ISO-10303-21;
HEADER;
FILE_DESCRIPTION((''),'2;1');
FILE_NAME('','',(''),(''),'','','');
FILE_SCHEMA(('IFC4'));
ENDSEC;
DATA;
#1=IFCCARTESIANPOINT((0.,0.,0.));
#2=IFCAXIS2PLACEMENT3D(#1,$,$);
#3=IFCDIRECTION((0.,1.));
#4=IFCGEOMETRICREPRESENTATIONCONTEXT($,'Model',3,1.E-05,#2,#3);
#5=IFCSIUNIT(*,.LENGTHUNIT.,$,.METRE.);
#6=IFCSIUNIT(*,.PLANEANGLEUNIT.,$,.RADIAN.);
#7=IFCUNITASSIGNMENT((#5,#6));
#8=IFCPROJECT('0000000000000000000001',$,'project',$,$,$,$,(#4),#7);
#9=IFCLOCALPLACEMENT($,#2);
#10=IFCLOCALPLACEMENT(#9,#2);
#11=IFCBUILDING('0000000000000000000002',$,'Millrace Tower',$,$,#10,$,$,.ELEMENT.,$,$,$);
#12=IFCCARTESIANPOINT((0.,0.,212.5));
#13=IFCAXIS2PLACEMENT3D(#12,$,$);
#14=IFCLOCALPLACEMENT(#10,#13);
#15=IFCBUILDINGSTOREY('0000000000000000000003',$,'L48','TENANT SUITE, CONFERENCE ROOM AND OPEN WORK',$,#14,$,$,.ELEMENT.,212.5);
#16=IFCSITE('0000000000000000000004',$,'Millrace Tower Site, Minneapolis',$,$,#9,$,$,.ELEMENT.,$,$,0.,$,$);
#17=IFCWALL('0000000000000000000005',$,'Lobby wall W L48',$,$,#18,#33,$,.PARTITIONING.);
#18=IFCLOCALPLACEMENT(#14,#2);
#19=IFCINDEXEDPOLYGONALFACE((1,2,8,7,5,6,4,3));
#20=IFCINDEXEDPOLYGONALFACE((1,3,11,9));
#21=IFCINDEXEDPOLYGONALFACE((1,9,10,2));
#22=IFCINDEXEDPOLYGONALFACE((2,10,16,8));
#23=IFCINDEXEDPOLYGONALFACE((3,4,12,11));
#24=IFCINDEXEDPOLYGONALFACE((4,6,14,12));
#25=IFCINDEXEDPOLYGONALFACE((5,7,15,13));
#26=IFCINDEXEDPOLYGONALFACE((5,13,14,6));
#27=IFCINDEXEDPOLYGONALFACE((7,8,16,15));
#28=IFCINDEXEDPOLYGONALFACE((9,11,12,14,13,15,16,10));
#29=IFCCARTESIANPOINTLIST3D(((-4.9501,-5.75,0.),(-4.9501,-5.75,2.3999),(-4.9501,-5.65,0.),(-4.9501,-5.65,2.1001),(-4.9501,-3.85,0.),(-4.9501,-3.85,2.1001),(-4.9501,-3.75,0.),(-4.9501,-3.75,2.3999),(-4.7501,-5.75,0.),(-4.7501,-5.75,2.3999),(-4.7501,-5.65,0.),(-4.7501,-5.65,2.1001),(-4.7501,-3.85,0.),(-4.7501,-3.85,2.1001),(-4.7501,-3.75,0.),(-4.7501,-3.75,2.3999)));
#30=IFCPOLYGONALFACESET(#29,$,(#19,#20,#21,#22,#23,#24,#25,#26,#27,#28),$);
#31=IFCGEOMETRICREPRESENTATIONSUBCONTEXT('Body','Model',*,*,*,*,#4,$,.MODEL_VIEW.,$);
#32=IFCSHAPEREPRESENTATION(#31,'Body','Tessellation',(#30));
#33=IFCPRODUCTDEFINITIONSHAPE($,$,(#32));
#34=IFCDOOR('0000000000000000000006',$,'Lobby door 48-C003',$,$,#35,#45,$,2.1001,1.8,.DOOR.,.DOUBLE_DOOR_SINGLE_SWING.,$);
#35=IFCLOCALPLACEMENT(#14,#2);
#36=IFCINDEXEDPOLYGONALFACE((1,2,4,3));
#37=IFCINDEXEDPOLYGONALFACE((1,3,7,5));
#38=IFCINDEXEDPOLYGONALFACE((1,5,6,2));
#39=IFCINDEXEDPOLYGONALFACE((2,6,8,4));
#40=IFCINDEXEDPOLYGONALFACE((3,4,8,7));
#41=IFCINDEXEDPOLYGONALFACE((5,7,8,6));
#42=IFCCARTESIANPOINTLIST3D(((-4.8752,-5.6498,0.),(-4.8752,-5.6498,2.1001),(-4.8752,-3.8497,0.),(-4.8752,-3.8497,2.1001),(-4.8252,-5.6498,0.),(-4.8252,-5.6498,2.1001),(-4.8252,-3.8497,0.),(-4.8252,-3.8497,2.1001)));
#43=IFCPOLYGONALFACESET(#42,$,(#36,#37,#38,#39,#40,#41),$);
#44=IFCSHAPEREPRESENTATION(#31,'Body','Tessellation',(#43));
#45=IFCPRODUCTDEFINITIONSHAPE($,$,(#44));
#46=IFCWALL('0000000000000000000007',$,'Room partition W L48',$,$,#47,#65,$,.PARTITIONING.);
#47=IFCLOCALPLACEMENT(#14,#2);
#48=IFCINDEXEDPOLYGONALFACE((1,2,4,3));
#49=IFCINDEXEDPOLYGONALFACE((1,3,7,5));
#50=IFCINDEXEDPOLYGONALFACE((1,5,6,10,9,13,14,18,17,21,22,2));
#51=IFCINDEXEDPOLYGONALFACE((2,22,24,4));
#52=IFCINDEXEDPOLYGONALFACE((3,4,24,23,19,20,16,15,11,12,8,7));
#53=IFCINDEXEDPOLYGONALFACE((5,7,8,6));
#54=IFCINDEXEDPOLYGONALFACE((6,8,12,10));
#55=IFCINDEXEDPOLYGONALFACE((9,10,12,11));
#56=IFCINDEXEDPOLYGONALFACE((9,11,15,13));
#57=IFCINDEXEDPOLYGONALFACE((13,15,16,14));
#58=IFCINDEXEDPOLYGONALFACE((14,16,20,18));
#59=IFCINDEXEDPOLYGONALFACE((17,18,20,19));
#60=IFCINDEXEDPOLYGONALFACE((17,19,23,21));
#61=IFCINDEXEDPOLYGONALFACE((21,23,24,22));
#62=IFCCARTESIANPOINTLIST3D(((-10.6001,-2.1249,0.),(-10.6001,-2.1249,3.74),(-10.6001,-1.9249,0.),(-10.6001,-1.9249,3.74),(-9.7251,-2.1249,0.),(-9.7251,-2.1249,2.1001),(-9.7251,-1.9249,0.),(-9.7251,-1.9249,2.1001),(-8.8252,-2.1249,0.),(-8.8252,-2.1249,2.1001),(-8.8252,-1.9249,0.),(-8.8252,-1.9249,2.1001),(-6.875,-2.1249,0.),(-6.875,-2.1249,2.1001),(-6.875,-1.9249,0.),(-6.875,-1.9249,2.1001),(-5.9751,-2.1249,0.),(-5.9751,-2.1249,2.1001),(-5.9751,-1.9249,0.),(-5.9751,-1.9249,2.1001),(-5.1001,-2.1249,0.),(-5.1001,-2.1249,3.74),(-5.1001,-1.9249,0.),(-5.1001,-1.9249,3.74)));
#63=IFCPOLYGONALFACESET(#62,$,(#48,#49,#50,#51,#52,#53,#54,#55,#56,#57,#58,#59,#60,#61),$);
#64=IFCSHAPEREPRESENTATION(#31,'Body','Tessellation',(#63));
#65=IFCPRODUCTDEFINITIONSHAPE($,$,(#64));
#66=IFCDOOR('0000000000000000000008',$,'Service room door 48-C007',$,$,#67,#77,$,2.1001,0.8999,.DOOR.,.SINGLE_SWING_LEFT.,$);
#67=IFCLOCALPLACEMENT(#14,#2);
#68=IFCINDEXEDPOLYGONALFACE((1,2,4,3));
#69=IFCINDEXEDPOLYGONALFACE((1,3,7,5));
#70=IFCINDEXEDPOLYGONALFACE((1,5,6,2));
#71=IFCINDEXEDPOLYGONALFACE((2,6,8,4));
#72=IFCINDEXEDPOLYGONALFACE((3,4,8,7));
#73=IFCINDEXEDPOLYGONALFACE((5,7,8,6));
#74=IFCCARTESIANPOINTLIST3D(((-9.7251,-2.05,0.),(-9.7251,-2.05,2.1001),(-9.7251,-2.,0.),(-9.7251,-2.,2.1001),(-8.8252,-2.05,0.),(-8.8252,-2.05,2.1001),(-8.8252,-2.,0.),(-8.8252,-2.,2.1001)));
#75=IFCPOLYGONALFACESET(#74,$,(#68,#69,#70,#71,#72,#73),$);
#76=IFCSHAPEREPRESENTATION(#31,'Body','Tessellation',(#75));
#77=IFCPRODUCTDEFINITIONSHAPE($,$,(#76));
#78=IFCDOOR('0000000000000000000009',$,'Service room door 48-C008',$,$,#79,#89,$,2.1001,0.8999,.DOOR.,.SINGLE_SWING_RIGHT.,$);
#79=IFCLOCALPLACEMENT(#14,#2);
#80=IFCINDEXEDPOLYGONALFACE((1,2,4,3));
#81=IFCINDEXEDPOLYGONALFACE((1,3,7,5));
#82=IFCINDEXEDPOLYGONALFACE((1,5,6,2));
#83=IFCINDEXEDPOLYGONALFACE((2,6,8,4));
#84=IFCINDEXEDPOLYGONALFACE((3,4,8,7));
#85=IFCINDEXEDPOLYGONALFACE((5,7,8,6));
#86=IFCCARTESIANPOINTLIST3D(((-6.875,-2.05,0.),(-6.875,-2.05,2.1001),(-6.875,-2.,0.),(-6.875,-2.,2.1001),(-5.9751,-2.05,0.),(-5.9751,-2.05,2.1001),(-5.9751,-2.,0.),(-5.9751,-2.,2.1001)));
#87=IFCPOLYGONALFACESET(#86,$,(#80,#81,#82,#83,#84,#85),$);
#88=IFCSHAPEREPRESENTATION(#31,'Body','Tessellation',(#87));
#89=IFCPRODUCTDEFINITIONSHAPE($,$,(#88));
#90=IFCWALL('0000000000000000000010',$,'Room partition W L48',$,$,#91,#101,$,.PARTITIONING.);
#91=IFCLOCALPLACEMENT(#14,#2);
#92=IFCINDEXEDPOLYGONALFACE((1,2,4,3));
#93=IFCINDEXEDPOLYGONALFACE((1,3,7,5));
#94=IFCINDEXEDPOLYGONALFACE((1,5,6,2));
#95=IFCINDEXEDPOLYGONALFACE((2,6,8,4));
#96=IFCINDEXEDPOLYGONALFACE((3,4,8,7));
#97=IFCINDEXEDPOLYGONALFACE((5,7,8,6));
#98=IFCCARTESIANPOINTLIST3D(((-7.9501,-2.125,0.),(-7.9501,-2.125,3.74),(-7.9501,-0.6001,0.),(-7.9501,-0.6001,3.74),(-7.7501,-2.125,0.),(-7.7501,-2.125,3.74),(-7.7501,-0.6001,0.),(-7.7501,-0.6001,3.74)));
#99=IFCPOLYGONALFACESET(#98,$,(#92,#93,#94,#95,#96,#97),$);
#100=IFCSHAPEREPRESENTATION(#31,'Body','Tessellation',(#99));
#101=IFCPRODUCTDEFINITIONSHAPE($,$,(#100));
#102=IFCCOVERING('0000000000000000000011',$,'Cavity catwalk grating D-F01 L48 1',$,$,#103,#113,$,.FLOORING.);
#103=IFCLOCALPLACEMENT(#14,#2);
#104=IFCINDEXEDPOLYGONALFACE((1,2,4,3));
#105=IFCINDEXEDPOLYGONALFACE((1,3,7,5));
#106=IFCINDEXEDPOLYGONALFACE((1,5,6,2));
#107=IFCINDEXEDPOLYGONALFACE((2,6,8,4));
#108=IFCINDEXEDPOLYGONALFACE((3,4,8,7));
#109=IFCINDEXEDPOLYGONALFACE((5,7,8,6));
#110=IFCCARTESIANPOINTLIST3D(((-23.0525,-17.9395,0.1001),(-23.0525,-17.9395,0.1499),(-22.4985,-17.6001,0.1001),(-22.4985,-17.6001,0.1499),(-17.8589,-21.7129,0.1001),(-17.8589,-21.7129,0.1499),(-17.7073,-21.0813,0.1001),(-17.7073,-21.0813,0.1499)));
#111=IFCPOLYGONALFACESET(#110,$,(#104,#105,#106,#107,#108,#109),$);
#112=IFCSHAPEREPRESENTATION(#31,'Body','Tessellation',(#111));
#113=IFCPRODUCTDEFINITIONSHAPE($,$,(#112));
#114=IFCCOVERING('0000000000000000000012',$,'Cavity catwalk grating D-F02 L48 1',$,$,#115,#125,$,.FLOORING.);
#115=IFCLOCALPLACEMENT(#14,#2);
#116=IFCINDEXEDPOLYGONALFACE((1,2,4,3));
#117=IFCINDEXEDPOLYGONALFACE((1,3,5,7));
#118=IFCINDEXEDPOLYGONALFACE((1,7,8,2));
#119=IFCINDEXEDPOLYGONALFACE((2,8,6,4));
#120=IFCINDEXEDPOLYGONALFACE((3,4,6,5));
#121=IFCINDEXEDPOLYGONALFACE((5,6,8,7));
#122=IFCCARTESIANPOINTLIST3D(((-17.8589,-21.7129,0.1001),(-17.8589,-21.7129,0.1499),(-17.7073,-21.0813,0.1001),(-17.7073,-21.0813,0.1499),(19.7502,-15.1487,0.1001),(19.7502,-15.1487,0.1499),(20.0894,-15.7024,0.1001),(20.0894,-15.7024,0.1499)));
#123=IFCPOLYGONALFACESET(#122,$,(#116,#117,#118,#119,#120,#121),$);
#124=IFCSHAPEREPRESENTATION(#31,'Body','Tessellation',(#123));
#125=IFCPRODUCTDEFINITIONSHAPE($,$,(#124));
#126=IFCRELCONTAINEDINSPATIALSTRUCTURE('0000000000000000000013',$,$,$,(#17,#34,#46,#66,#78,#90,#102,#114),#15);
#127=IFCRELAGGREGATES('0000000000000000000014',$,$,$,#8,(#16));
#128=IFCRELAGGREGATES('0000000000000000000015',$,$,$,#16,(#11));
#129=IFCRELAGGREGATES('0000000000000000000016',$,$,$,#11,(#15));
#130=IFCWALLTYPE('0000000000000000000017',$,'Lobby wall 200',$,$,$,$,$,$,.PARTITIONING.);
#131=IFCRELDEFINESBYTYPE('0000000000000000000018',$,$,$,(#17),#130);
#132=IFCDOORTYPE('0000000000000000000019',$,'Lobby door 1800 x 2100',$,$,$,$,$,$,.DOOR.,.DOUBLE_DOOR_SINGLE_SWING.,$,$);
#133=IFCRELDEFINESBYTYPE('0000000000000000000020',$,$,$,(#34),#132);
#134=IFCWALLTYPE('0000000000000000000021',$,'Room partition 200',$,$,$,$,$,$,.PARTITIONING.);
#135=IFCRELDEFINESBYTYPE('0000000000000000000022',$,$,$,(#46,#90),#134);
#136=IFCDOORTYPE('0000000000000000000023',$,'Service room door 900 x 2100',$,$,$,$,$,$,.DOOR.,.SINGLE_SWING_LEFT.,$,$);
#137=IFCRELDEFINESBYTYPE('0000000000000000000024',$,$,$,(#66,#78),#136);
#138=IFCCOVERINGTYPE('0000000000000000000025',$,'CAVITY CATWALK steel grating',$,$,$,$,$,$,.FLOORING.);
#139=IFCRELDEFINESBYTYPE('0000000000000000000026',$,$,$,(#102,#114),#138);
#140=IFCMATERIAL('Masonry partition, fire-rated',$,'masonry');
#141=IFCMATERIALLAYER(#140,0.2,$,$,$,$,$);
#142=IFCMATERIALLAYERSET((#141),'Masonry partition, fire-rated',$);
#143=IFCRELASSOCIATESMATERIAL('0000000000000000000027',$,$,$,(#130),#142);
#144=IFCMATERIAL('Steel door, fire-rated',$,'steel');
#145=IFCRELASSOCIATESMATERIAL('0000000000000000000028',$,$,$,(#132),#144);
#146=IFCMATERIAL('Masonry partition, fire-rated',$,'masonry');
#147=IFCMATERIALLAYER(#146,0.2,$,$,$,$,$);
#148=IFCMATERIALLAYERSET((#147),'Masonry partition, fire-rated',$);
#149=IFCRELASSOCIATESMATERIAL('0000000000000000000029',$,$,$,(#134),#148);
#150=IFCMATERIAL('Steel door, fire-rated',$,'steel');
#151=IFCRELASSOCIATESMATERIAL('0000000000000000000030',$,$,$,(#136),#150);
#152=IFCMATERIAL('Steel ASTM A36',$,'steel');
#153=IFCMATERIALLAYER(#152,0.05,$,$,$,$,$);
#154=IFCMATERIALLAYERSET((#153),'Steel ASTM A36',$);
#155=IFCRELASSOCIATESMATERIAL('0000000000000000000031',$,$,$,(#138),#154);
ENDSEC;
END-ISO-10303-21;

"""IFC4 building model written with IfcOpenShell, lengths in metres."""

from ifc_helpers import new_model, si_unit, direction, frame, frame_2d, origin, place, context, subcontext, project, spatial, polyline, rectangle, outline, extrude, material, layer, layer_set, type_object, element, fill, save


model = new_model("IFC4")

# Units and contexts
model_context = context("Model", 3, precision=1e-05, world=origin(), true_north=direction((0.0, 1.0)))
body_context = subcontext(model_context, "Body", "Model", "MODEL_VIEW")
ifc_project = project(units=[si_unit("LENGTHUNIT", "METRE"), si_unit("PLANEANGLEUNIT", "RADIAN")], contexts=[model_context])

# Site, building, storey
site_placement = place(None, origin())
site = spatial("IfcSite", under=ifc_project, at=site_placement, Name="Millrace Tower Site, Minneapolis", CompositionType="ELEMENT", RefElevation=0.0)
building_placement = place(site_placement, origin())
building = spatial("IfcBuilding", under=site, at=building_placement, Name="Millrace Tower", CompositionType="ELEMENT")
storey_placement = place(building_placement, frame((0.0, 0.0, 212.5)))
storey = spatial("IfcBuildingStorey", under=building, at=storey_placement, Name="L48", Description="TENANT SUITE, CONFERENCE ROOM AND OPEN WORK", CompositionType="ELEMENT", Elevation=212.5)

# Wall, opening, door
ifc_material_1 = material(Name="Masonry partition, fire-rated", Category="masonry")
ifc_layer_1 = layer(ifc_material_1, 0.2)
ifc_layer_set_1 = layer_set([ifc_layer_1], Name="Masonry partition, fire-rated")
wall_type_1 = type_object("IfcWallType", Name="Lobby wall 200", PredefinedType="PARTITIONING", material=ifc_layer_set_1)
wall_1_placement = place(storey_placement, frame((-4.8501, -5.75, 0.0), z_axis=(0.0, 0.0, 1.0), x_axis=(0.0, 1.0, 0.0)))
wall_1 = element("IfcWall", 1, at=wall_1_placement, inside=storey, type_object=wall_type_1, Name="Lobby wall W L48", PredefinedType="PARTITIONING", context=body_context, shape_type="SweptSolid", body=[
    extrude(rectangle(XDim=2.0, YDim=0.2, at=frame_2d((1.0, 0.0))), origin(), (0.0, 0.0, 1.0), 2.3999),
])
opening_1_placement = place(wall_1_placement, frame((0.1001, 0.0, 0.0)))
opening_1 = element("IfcOpeningElement", 2, at=opening_1_placement, cuts=wall_1, PredefinedType="OPENING", context=body_context, shape_type="SweptSolid", body=[
    extrude(rectangle(XDim=1.8, YDim=2.1001, at=frame_2d((0.8999, 1.05))), frame((0.0, 0.1099, 0.0), z_axis=(0.0, -1.0, 0.0), x_axis=(1.0, 0.0, 0.0)), (0.0, 0.0, 1.0), 0.22),
])
ifc_material_2 = material(Name="Steel door, fire-rated", Category="steel")
door_type_1 = type_object("IfcDoorType", Name="Lobby door 1800 x 2100", OperationType="DOUBLE_DOOR_SINGLE_SWING", PredefinedType="DOOR", material=ifc_material_2)
door_1_placement = place(opening_1_placement, frame((1.8, 0.0, 0.0), z_axis=(0.0, 0.0, 1.0), x_axis=(-1.0, 0.0, 0.0)))
door_1 = element("IfcDoor", 3, at=door_1_placement, inside=storey, type_object=door_type_1, Name="Lobby door 48-C003", OperationType="DOUBLE_DOOR_SINGLE_SWING", OverallHeight=2.1001, OverallWidth=1.8, PredefinedType="DOOR", context=body_context, shape_type="SweptSolid", body=[
    extrude(rectangle(XDim=1.8, YDim=2.1001, at=frame_2d((0.8999, 1.05))), frame((0.0, 0.0249, 0.0), z_axis=(0.0, -1.0, 0.0), x_axis=(1.0, 0.0, 0.0)), (0.0, 0.0, 1.0), 0.05),
])
fill(opening_1, door_1)

# Wall, openings, doors
ifc_material_3 = material(Name="Masonry partition, fire-rated", Category="masonry")
ifc_layer_2 = layer(ifc_material_3, 0.2)
ifc_layer_set_2 = layer_set([ifc_layer_2], Name="Masonry partition, fire-rated")
wall_type_2 = type_object("IfcWallType", Name="Room partition 200", PredefinedType="PARTITIONING", material=ifc_layer_set_2)
wall_2_placement = place(storey_placement, frame((-10.6001, -2.0249, 0.0), z_axis=(0.0, 0.0, 1.0), x_axis=(1.0, 0.0, 0.0)))
wall_2 = element("IfcWall", 4, at=wall_2_placement, inside=storey, type_object=wall_type_2, Name="Room partition W L48", PredefinedType="PARTITIONING", context=body_context, shape_type="SweptSolid", body=[
    extrude(rectangle(XDim=5.5, YDim=0.2, at=frame_2d((2.75, 0.0))), origin(), (0.0, 0.0, 1.0), 3.74),
])
opening_2_placement = place(wall_2_placement, frame((0.875, 0.0, 0.0)))
opening_2 = element("IfcOpeningElement", 5, at=opening_2_placement, cuts=wall_2, PredefinedType="OPENING", context=body_context, shape_type="SweptSolid", body=[
    extrude(rectangle(XDim=0.8999, YDim=2.1001, at=frame_2d((0.45, 1.05))), frame((0.0, 0.1099, 0.0), z_axis=(0.0, -1.0, 0.0), x_axis=(1.0, 0.0, 0.0)), (0.0, 0.0, 1.0), 0.22),
])
opening_3_placement = place(wall_2_placement, frame((3.7251, 0.0, 0.0)))
opening_3 = element("IfcOpeningElement", 6, at=opening_3_placement, cuts=wall_2, PredefinedType="OPENING", context=body_context, shape_type="SweptSolid", body=[
    extrude(rectangle(XDim=0.8999, YDim=2.1001, at=frame_2d((0.45, 1.05))), frame((0.0, 0.1099, 0.0), z_axis=(0.0, -1.0, 0.0), x_axis=(1.0, 0.0, 0.0)), (0.0, 0.0, 1.0), 0.22),
])
ifc_material_4 = material(Name="Steel door, fire-rated", Category="steel")
door_type_2 = type_object("IfcDoorType", Name="Service room door 900 x 2100", OperationType="SINGLE_SWING_LEFT", PredefinedType="DOOR", material=ifc_material_4)
door_2_placement = place(opening_2_placement, origin())
door_2 = element("IfcDoor", 7, at=door_2_placement, inside=storey, type_object=door_type_2, Name="Service room door 48-C007", OperationType="SINGLE_SWING_LEFT", OverallHeight=2.1001, OverallWidth=0.8999, PredefinedType="DOOR", context=body_context, shape_type="SweptSolid", body=[
    extrude(rectangle(XDim=0.8999, YDim=2.1001, at=frame_2d((0.45, 1.05))), frame((0.0, 0.0249, 0.0), z_axis=(0.0, -1.0, 0.0), x_axis=(1.0, 0.0, 0.0)), (0.0, 0.0, 1.0), 0.05),
])
fill(opening_2, door_2)
door_3_placement = place(opening_3_placement, origin())
door_3 = element("IfcDoor", 8, at=door_3_placement, inside=storey, type_object=door_type_2, Name="Service room door 48-C008", OperationType="SINGLE_SWING_RIGHT", OverallHeight=2.1001, OverallWidth=0.8999, PredefinedType="DOOR", context=body_context, shape_type="SweptSolid", body=[
    extrude(rectangle(XDim=0.8999, YDim=2.1001, at=frame_2d((0.45, 1.05))), frame((0.0, 0.0249, 0.0), z_axis=(0.0, -1.0, 0.0), x_axis=(1.0, 0.0, 0.0)), (0.0, 0.0, 1.0), 0.05),
])
fill(opening_3, door_3)

# Wall
wall_3_placement = place(storey_placement, frame((-7.8501, -2.125, 0.0), z_axis=(0.0, 0.0, 1.0), x_axis=(0.0, 1.0, 0.0)))
element("IfcWall", 9, at=wall_3_placement, inside=storey, type_object=wall_type_2, Name="Room partition W L48", PredefinedType="PARTITIONING", context=body_context, shape_type="SweptSolid", body=[
    extrude(rectangle(XDim=1.5249, YDim=0.2, at=frame_2d((0.7625, 0.0))), origin(), (0.0, 0.0, 1.0), 3.74),
])

# Coverings
ifc_material_5 = material(Name="Steel ASTM A36", Category="steel")
ifc_layer_3 = layer(ifc_material_5, 0.05)
ifc_layer_set_3 = layer_set([ifc_layer_3], Name="Steel ASTM A36")
covering_type = type_object("IfcCoveringType", Name="CAVITY CATWALK steel grating", PredefinedType="FLOORING", material=ifc_layer_set_3)
placement_1 = place(storey_placement, frame((0.0, 0.0, 0.1001)))
element("IfcCovering", 10, at=placement_1, inside=storey, type_object=covering_type, Name="Cavity catwalk grating D-F01 L48 1", PredefinedType="FLOORING", context=body_context, shape_type="SweptSolid", body=[
    extrude(outline(polyline([(-23.0525, -17.9395), (-17.8589, -21.7129), (-17.7073, -21.0813), (-22.4985, -17.6001), (-23.0525, -17.9395)])), origin(), (0.0, 0.0, 1.0), 0.0498),
])
element("IfcCovering", 11, at=placement_1, inside=storey, type_object=covering_type, Name="Cavity catwalk grating D-F02 L48 1", PredefinedType="FLOORING", context=body_context, shape_type="SweptSolid", body=[
    extrude(outline(polyline([(-17.8589, -21.7129), (20.0894, -15.7024), (19.7502, -15.1487), (-17.7073, -21.0813), (-17.8589, -21.7129)])), origin(), (0.0, 0.0, 1.0), 0.0498),
])

save(model, "model.ifc")
